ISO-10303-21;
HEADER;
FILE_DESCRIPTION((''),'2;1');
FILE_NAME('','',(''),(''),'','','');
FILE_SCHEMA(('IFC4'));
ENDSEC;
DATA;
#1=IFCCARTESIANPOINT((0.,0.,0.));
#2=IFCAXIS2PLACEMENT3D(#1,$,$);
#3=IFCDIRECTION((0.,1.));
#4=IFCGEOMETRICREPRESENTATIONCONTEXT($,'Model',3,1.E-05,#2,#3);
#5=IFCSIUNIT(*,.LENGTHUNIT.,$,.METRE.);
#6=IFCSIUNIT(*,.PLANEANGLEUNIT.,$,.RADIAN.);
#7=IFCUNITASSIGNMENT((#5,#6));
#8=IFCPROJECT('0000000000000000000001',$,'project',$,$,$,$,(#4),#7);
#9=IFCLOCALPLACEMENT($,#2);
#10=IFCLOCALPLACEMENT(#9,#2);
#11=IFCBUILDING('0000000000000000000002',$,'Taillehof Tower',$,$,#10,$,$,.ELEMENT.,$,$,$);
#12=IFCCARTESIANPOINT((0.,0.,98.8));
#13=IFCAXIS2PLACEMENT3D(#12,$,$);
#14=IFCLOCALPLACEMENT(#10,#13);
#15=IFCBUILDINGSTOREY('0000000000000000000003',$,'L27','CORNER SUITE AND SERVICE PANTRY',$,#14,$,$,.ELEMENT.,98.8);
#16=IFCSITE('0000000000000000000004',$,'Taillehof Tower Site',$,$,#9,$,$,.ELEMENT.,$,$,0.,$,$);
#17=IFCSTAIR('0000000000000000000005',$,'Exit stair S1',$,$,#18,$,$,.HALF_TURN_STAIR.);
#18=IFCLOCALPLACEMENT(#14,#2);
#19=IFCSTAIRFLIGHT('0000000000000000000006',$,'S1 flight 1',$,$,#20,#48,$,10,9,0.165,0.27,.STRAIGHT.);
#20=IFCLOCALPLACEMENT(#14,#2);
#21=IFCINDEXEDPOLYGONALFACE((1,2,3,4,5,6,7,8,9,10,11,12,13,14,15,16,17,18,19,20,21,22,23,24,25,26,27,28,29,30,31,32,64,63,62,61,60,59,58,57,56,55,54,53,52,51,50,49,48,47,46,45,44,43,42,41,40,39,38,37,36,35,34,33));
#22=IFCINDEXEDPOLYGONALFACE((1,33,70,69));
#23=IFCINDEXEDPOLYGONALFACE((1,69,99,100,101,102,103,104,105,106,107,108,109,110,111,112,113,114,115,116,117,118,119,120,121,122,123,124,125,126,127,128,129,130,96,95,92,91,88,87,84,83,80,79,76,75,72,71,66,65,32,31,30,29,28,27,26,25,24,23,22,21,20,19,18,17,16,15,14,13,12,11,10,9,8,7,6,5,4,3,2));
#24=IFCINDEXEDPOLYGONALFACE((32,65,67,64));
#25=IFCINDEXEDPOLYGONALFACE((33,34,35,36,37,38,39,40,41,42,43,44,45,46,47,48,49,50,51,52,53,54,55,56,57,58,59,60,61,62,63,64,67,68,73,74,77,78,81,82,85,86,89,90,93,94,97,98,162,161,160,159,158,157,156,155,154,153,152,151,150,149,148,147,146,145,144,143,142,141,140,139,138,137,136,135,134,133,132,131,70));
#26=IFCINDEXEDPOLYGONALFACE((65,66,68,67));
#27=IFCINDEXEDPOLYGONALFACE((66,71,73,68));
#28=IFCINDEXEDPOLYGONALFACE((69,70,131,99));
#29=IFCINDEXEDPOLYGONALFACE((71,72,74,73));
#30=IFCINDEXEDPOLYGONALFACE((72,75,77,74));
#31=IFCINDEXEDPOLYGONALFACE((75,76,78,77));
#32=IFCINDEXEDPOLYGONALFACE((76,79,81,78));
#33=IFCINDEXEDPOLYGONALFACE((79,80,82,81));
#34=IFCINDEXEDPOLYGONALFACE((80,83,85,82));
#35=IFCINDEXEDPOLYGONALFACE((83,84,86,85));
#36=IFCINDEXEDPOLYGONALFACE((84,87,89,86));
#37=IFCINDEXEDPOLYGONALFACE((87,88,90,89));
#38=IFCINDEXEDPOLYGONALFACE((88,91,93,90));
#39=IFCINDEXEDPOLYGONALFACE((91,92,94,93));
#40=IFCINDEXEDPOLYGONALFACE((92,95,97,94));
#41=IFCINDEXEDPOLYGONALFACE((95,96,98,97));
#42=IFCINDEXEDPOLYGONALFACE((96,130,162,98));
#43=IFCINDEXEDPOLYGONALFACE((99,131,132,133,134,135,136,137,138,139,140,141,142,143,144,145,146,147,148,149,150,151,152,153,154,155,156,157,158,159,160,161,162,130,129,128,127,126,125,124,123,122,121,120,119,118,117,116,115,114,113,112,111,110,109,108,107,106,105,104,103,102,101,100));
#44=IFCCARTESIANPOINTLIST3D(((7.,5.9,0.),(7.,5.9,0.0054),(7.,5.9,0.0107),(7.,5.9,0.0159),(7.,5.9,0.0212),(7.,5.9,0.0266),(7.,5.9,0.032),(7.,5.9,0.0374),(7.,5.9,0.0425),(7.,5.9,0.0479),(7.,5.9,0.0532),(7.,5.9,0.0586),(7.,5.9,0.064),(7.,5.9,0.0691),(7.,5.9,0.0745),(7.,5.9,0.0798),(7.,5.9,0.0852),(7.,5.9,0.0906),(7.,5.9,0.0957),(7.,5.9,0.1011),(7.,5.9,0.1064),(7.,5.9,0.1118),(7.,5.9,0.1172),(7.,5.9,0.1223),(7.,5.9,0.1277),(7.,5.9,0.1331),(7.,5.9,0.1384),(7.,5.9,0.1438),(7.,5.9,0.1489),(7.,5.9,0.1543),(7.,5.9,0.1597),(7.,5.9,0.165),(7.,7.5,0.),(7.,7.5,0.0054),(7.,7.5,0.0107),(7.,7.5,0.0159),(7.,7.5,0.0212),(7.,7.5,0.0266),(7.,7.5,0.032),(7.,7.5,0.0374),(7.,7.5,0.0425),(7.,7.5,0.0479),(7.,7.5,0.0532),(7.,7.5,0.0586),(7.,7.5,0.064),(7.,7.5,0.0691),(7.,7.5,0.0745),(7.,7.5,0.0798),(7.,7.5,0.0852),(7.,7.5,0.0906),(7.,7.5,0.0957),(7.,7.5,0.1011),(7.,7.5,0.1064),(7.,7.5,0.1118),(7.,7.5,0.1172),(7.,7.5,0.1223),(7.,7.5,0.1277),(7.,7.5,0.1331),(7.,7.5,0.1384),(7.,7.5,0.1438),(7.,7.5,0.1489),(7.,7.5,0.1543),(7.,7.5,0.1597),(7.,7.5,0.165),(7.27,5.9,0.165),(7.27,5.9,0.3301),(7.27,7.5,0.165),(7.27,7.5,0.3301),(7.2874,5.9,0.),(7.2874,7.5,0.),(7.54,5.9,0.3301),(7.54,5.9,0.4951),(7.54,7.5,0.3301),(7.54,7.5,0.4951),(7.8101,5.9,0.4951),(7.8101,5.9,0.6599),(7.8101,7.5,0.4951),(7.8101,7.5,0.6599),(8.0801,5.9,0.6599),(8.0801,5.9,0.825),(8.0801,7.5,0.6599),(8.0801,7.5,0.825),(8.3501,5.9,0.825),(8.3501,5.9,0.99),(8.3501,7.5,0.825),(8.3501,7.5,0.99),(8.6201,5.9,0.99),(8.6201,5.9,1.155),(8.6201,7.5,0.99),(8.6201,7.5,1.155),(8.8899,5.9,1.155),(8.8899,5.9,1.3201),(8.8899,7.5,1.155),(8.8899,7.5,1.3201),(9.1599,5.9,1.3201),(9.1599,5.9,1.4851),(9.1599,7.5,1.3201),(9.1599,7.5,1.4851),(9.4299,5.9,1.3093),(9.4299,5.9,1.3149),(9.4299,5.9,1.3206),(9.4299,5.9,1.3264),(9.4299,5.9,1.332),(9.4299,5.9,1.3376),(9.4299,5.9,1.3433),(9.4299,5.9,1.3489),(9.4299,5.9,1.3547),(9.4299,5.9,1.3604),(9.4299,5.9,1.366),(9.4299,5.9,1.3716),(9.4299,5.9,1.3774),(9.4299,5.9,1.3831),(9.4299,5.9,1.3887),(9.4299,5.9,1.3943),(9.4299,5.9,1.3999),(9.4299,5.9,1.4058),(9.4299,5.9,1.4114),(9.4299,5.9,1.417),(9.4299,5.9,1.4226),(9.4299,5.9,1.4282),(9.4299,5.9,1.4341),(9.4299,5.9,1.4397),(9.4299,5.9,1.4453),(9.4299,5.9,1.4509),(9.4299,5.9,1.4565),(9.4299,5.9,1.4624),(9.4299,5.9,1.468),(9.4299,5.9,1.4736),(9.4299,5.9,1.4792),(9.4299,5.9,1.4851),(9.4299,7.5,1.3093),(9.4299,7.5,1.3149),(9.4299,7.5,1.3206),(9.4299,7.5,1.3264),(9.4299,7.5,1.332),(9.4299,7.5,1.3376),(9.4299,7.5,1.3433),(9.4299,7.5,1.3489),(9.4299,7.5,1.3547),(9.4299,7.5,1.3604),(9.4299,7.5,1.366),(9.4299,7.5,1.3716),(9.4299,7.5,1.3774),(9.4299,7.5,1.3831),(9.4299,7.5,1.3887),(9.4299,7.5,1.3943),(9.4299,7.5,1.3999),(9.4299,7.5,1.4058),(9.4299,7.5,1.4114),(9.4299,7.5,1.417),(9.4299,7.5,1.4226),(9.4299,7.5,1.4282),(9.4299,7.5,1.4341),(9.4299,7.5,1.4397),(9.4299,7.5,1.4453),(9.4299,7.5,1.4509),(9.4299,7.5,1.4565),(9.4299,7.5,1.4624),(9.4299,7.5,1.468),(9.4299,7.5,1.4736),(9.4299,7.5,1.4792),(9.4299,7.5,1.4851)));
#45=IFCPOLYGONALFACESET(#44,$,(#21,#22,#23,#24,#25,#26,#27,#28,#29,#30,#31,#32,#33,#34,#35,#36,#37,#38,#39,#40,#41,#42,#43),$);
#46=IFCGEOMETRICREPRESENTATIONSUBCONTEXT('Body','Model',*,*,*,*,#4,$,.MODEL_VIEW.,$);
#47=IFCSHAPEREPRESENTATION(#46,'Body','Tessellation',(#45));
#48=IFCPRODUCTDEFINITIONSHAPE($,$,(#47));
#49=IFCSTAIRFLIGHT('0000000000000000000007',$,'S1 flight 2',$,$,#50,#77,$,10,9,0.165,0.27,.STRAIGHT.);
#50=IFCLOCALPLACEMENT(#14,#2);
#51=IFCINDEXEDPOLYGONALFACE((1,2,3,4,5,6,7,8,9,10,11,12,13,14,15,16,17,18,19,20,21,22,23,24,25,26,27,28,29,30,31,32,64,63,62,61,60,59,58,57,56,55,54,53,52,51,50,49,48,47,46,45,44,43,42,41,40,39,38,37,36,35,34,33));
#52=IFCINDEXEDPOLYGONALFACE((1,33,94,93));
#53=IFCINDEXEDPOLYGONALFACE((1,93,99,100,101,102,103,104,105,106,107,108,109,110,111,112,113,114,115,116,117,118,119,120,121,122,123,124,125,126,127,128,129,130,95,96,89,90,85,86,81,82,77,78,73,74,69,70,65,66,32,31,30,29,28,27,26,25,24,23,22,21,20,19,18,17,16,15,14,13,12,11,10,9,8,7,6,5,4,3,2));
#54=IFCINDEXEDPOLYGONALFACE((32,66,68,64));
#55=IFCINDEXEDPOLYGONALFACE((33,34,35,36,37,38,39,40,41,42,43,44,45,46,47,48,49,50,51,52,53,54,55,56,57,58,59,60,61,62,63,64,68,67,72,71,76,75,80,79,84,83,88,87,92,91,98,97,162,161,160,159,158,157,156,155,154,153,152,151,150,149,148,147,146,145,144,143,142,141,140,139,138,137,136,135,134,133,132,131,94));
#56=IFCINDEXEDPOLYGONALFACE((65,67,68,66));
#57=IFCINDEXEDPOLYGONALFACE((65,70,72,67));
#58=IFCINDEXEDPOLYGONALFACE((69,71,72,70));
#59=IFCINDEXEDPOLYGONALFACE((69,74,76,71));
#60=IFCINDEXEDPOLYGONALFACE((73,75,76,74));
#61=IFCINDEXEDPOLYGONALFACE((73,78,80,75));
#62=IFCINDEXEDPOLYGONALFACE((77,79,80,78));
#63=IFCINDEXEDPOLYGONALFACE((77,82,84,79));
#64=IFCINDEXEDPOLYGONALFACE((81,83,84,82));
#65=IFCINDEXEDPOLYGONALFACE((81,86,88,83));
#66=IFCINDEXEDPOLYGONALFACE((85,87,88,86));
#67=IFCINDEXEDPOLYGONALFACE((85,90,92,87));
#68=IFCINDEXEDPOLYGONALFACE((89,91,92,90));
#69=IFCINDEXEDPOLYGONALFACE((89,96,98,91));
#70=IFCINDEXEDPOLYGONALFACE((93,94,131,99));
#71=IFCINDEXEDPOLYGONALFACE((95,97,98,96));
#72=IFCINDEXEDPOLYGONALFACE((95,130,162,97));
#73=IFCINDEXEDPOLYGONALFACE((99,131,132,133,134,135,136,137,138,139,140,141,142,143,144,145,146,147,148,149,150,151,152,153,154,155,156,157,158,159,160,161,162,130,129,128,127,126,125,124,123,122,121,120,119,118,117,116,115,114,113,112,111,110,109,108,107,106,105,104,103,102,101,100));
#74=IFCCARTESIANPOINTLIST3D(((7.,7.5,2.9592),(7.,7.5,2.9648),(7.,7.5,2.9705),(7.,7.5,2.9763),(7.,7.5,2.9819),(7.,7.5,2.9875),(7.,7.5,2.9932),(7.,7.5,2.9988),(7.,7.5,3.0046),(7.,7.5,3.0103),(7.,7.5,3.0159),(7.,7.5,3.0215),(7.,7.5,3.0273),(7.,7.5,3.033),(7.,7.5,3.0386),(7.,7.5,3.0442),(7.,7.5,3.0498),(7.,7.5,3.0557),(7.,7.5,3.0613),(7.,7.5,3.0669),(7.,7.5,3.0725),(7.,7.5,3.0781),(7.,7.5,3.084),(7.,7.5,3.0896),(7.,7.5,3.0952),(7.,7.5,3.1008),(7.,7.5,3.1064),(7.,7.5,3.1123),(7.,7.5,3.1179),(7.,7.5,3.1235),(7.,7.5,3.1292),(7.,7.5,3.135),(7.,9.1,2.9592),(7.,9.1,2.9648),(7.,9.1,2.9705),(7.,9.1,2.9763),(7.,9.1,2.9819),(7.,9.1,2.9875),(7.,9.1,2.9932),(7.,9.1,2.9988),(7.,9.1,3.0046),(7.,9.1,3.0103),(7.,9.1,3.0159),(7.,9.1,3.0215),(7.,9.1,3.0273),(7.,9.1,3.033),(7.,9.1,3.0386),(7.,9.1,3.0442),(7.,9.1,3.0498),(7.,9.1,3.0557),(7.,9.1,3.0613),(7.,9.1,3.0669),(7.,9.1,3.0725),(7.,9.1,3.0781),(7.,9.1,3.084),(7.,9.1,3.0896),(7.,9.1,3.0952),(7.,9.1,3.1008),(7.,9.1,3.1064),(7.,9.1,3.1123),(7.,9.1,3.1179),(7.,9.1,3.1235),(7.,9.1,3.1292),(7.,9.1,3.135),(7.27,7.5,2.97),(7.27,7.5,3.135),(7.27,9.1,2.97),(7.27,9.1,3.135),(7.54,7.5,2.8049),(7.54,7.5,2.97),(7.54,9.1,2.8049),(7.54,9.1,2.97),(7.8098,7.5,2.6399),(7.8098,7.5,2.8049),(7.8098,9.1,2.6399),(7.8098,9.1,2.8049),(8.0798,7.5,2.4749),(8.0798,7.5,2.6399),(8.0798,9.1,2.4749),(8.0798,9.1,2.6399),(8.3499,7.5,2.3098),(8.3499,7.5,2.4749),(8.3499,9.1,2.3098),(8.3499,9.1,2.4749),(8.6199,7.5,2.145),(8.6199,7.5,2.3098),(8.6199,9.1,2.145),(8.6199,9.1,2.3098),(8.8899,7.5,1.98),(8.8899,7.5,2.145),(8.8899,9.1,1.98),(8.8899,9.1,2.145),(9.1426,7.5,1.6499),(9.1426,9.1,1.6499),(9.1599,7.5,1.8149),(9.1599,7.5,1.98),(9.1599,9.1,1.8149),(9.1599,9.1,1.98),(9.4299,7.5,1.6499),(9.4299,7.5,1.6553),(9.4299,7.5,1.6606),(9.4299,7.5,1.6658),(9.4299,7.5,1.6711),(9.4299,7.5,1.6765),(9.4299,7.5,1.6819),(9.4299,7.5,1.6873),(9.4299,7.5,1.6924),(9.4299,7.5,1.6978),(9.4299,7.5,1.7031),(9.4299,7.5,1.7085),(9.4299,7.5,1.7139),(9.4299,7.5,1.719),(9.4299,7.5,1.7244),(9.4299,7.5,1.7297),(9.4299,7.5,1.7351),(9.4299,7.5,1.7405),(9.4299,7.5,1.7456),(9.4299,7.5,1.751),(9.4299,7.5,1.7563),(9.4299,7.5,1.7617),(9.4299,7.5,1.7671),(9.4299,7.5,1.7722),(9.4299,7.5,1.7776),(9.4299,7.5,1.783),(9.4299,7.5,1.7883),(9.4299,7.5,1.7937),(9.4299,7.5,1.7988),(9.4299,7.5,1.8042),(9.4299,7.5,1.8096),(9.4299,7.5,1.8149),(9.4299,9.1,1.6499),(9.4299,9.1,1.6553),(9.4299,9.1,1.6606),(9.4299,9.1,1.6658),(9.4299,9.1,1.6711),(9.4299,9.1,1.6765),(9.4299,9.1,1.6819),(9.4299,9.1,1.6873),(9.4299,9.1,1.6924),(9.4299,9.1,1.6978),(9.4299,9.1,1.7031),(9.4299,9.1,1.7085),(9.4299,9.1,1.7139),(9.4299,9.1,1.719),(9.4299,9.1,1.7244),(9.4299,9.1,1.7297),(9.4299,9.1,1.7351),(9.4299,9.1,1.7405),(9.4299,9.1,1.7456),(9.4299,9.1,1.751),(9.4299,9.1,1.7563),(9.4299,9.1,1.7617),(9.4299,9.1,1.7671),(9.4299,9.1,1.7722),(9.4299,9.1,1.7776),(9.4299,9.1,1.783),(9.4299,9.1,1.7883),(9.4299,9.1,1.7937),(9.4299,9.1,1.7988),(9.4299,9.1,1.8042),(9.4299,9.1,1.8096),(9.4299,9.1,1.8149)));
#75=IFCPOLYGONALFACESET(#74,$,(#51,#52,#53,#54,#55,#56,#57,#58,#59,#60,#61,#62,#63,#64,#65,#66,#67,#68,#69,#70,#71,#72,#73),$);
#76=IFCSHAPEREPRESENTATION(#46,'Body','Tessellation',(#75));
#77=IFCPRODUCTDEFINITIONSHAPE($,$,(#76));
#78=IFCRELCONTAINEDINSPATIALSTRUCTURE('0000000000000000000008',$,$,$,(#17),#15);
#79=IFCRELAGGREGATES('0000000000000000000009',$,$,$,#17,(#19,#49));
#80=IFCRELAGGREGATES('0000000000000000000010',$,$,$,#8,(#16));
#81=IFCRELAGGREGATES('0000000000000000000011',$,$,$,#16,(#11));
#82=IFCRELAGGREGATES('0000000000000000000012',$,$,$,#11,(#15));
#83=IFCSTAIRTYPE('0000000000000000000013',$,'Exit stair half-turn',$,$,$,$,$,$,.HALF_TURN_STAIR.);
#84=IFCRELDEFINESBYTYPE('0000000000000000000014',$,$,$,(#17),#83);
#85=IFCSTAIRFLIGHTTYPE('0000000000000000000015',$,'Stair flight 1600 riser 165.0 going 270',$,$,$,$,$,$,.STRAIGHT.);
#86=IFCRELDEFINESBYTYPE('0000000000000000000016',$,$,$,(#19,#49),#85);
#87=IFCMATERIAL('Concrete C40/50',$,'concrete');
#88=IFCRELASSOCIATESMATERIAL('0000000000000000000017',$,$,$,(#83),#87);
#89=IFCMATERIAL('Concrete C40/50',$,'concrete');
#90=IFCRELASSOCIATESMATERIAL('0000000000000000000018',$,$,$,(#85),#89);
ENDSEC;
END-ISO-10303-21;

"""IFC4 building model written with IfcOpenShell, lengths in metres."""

from ifc_helpers import new_model, si_unit, direction, frame, origin, place, context, subcontext, project, spatial, polyline, outline, extrude, material, type_object, element, aggregate, save


model = new_model("IFC4")

# Units and contexts
model_context = context("Model", 3, precision=1e-05, world=origin(), true_north=direction((0.0, 1.0)))
body_context = subcontext(model_context, "Body", "Model", "MODEL_VIEW")
ifc_project = project(units=[si_unit("LENGTHUNIT", "METRE"), si_unit("PLANEANGLEUNIT", "RADIAN")], contexts=[model_context])

# Site, building, storey
site_placement = place(None, origin())
site = spatial("IfcSite", under=ifc_project, at=site_placement, Name="Taillehof Tower Site", CompositionType="ELEMENT", RefElevation=0.0)
building_placement = place(site_placement, origin())
building = spatial("IfcBuilding", under=site, at=building_placement, Name="Taillehof Tower", CompositionType="ELEMENT")
storey_placement = place(building_placement, frame((0.0, 0.0, 98.8)))
storey = spatial("IfcBuildingStorey", under=building, at=storey_placement, Name="L27", Description="CORNER SUITE AND SERVICE PANTRY", CompositionType="ELEMENT", Elevation=98.8)

# Stair
ifc_material_1 = material(Name="Concrete C40/50", Category="concrete")
stair_type = type_object("IfcStairType", Name="Exit stair half-turn", PredefinedType="HALF_TURN_STAIR", material=ifc_material_1)
stair_1_placement = place(storey_placement, origin())
stair_1 = element("IfcStair", 1, at=stair_1_placement, inside=storey, type_object=stair_type, Name="Exit stair S1", PredefinedType="HALF_TURN_STAIR")

# Stair flights
ifc_material_2 = material(Name="Concrete C40/50", Category="concrete")
stair_flight_type = type_object("IfcStairFlightType", Name="Stair flight 1600 riser 165.0 going 270", PredefinedType="STRAIGHT", material=ifc_material_2)
stair_flight_1_placement = place(storey_placement, frame((7.0, 6.7, 0.0), z_axis=(0.0, 0.0, 1.0), x_axis=(1.0, 0.0, 0.0)))
stair_flight_1 = element("IfcStairFlight", 2, at=stair_flight_1_placement, type_object=stair_flight_type, Name="S1 flight 1", NumberOfRisers=10, NumberOfTreads=9, PredefinedType="STRAIGHT", RiserHeight=0.165, TreadLength=0.27, context=body_context, shape_type="SweptSolid", body=[
    extrude(outline(polyline([(0.0, 0.0), (0.0, 0.0054), (0.0, 0.0107), (0.0, 0.0159), (0.0, 0.0212), (0.0, 0.0266), (0.0, 0.032), (0.0, 0.0374), (0.0, 0.0425), (0.0, 0.0479), (0.0, 0.0532), (0.0, 0.0586), (0.0, 0.064), (0.0, 0.0691), (0.0, 0.0745), (0.0, 0.0798), (0.0, 0.0852), (0.0, 0.0906), (0.0, 0.0957), (0.0, 0.1011), (0.0, 0.1064), (0.0, 0.1118), (0.0, 0.1172), (0.0, 0.1223), (0.0, 0.1277), (0.0, 0.1331), (0.0, 0.1384), (0.0, 0.1438), (0.0, 0.1489), (0.0, 0.1543), (0.0, 0.1597), (0.0, 0.165), (0.27, 0.165), (0.27, 0.3301), (0.54, 0.3301), (0.54, 0.4951), (0.8101, 0.4951), (0.8101, 0.6599), (1.0801, 0.6599), (1.0801, 0.825), (1.3501, 0.825), (1.3501, 0.99), (1.6201, 0.99), (1.6201, 1.155), (1.8899, 1.155), (1.8899, 1.3201), (2.1599, 1.3201), (2.1599, 1.4851), (2.4299, 1.4851), (2.4299, 1.4792), (2.4299, 1.4736), (2.4299, 1.468), (2.4299, 1.4624), (2.4299, 1.4565), (2.4299, 1.4509), (2.4299, 1.4453), (2.4299, 1.4397), (2.4299, 1.4341), (2.4299, 1.4282), (2.4299, 1.4226), (2.4299, 1.417), (2.4299, 1.4114), (2.4299, 1.4058), (2.4299, 1.3999), (2.4299, 1.3943), (2.4299, 1.3887), (2.4299, 1.3831), (2.4299, 1.3774), (2.4299, 1.3716), (2.4299, 1.366), (2.4299, 1.3604), (2.4299, 1.3547), (2.4299, 1.3489), (2.4299, 1.3433), (2.4299, 1.3376), (2.4299, 1.332), (2.4299, 1.3264), (2.4299, 1.3206), (2.4299, 1.3149), (2.4299, 1.3093), (0.2874, 0.0), (0.0, 0.0)])), frame((0.0, 0.8, 0.0), z_axis=(0.0, -1.0, 0.0), x_axis=(1.0, 0.0, 0.0)), (0.0, 0.0, 1.0), 1.6),
])
stair_flight_2_placement = place(storey_placement, frame((9.4299, 8.3, 1.6499), z_axis=(0.0, 0.0, 1.0), x_axis=(-1.0, 0.0, 0.0)))
stair_flight_2 = element("IfcStairFlight", 3, at=stair_flight_2_placement, type_object=stair_flight_type, Name="S1 flight 2", NumberOfRisers=10, NumberOfTreads=9, PredefinedType="STRAIGHT", RiserHeight=0.165, TreadLength=0.27, context=body_context, shape_type="SweptSolid", body=[
    extrude(outline(polyline([(0.0, 0.0), (0.0, 0.0054), (0.0, 0.0107), (0.0, 0.0159), (0.0, 0.0212), (0.0, 0.0266), (0.0, 0.032), (0.0, 0.0374), (0.0, 0.0425), (0.0, 0.0479), (0.0, 0.0532), (0.0, 0.0586), (0.0, 0.064), (0.0, 0.0691), (0.0, 0.0745), (0.0, 0.0798), (0.0, 0.0852), (0.0, 0.0906), (0.0, 0.0957), (0.0, 0.1011), (0.0, 0.1064), (0.0, 0.1118), (0.0, 0.1172), (0.0, 0.1223), (0.0, 0.1277), (0.0, 0.1331), (0.0, 0.1384), (0.0, 0.1438), (0.0, 0.1489), (0.0, 0.1543), (0.0, 0.1597), (0.0, 0.165), (0.27, 0.165), (0.27, 0.3301), (0.54, 0.3301), (0.54, 0.4951), (0.8101, 0.4951), (0.8101, 0.6599), (1.0801, 0.6599), (1.0801, 0.825), (1.3501, 0.825), (1.3501, 0.99), (1.6201, 0.99), (1.6201, 1.155), (1.8899, 1.155), (1.8899, 1.3201), (2.1599, 1.3201), (2.1599, 1.4851), (2.4299, 1.4851), (2.4299, 1.4792), (2.4299, 1.4736), (2.4299, 1.468), (2.4299, 1.4624), (2.4299, 1.4565), (2.4299, 1.4509), (2.4299, 1.4453), (2.4299, 1.4397), (2.4299, 1.4341), (2.4299, 1.4282), (2.4299, 1.4226), (2.4299, 1.417), (2.4299, 1.4114), (2.4299, 1.4058), (2.4299, 1.3999), (2.4299, 1.3943), (2.4299, 1.3887), (2.4299, 1.3831), (2.4299, 1.3774), (2.4299, 1.3716), (2.4299, 1.366), (2.4299, 1.3604), (2.4299, 1.3547), (2.4299, 1.3489), (2.4299, 1.3433), (2.4299, 1.3376), (2.4299, 1.332), (2.4299, 1.3264), (2.4299, 1.3206), (2.4299, 1.3149), (2.4299, 1.3093), (0.2874, 0.0), (0.0, 0.0)])), frame((0.0, 0.8, 0.0), z_axis=(0.0, -1.0, 0.0), x_axis=(1.0, 0.0, 0.0)), (0.0, 0.0, 1.0), 1.6),
])
aggregate(stair_1, [stair_flight_1, stair_flight_2])

save(model, "model.ifc")
